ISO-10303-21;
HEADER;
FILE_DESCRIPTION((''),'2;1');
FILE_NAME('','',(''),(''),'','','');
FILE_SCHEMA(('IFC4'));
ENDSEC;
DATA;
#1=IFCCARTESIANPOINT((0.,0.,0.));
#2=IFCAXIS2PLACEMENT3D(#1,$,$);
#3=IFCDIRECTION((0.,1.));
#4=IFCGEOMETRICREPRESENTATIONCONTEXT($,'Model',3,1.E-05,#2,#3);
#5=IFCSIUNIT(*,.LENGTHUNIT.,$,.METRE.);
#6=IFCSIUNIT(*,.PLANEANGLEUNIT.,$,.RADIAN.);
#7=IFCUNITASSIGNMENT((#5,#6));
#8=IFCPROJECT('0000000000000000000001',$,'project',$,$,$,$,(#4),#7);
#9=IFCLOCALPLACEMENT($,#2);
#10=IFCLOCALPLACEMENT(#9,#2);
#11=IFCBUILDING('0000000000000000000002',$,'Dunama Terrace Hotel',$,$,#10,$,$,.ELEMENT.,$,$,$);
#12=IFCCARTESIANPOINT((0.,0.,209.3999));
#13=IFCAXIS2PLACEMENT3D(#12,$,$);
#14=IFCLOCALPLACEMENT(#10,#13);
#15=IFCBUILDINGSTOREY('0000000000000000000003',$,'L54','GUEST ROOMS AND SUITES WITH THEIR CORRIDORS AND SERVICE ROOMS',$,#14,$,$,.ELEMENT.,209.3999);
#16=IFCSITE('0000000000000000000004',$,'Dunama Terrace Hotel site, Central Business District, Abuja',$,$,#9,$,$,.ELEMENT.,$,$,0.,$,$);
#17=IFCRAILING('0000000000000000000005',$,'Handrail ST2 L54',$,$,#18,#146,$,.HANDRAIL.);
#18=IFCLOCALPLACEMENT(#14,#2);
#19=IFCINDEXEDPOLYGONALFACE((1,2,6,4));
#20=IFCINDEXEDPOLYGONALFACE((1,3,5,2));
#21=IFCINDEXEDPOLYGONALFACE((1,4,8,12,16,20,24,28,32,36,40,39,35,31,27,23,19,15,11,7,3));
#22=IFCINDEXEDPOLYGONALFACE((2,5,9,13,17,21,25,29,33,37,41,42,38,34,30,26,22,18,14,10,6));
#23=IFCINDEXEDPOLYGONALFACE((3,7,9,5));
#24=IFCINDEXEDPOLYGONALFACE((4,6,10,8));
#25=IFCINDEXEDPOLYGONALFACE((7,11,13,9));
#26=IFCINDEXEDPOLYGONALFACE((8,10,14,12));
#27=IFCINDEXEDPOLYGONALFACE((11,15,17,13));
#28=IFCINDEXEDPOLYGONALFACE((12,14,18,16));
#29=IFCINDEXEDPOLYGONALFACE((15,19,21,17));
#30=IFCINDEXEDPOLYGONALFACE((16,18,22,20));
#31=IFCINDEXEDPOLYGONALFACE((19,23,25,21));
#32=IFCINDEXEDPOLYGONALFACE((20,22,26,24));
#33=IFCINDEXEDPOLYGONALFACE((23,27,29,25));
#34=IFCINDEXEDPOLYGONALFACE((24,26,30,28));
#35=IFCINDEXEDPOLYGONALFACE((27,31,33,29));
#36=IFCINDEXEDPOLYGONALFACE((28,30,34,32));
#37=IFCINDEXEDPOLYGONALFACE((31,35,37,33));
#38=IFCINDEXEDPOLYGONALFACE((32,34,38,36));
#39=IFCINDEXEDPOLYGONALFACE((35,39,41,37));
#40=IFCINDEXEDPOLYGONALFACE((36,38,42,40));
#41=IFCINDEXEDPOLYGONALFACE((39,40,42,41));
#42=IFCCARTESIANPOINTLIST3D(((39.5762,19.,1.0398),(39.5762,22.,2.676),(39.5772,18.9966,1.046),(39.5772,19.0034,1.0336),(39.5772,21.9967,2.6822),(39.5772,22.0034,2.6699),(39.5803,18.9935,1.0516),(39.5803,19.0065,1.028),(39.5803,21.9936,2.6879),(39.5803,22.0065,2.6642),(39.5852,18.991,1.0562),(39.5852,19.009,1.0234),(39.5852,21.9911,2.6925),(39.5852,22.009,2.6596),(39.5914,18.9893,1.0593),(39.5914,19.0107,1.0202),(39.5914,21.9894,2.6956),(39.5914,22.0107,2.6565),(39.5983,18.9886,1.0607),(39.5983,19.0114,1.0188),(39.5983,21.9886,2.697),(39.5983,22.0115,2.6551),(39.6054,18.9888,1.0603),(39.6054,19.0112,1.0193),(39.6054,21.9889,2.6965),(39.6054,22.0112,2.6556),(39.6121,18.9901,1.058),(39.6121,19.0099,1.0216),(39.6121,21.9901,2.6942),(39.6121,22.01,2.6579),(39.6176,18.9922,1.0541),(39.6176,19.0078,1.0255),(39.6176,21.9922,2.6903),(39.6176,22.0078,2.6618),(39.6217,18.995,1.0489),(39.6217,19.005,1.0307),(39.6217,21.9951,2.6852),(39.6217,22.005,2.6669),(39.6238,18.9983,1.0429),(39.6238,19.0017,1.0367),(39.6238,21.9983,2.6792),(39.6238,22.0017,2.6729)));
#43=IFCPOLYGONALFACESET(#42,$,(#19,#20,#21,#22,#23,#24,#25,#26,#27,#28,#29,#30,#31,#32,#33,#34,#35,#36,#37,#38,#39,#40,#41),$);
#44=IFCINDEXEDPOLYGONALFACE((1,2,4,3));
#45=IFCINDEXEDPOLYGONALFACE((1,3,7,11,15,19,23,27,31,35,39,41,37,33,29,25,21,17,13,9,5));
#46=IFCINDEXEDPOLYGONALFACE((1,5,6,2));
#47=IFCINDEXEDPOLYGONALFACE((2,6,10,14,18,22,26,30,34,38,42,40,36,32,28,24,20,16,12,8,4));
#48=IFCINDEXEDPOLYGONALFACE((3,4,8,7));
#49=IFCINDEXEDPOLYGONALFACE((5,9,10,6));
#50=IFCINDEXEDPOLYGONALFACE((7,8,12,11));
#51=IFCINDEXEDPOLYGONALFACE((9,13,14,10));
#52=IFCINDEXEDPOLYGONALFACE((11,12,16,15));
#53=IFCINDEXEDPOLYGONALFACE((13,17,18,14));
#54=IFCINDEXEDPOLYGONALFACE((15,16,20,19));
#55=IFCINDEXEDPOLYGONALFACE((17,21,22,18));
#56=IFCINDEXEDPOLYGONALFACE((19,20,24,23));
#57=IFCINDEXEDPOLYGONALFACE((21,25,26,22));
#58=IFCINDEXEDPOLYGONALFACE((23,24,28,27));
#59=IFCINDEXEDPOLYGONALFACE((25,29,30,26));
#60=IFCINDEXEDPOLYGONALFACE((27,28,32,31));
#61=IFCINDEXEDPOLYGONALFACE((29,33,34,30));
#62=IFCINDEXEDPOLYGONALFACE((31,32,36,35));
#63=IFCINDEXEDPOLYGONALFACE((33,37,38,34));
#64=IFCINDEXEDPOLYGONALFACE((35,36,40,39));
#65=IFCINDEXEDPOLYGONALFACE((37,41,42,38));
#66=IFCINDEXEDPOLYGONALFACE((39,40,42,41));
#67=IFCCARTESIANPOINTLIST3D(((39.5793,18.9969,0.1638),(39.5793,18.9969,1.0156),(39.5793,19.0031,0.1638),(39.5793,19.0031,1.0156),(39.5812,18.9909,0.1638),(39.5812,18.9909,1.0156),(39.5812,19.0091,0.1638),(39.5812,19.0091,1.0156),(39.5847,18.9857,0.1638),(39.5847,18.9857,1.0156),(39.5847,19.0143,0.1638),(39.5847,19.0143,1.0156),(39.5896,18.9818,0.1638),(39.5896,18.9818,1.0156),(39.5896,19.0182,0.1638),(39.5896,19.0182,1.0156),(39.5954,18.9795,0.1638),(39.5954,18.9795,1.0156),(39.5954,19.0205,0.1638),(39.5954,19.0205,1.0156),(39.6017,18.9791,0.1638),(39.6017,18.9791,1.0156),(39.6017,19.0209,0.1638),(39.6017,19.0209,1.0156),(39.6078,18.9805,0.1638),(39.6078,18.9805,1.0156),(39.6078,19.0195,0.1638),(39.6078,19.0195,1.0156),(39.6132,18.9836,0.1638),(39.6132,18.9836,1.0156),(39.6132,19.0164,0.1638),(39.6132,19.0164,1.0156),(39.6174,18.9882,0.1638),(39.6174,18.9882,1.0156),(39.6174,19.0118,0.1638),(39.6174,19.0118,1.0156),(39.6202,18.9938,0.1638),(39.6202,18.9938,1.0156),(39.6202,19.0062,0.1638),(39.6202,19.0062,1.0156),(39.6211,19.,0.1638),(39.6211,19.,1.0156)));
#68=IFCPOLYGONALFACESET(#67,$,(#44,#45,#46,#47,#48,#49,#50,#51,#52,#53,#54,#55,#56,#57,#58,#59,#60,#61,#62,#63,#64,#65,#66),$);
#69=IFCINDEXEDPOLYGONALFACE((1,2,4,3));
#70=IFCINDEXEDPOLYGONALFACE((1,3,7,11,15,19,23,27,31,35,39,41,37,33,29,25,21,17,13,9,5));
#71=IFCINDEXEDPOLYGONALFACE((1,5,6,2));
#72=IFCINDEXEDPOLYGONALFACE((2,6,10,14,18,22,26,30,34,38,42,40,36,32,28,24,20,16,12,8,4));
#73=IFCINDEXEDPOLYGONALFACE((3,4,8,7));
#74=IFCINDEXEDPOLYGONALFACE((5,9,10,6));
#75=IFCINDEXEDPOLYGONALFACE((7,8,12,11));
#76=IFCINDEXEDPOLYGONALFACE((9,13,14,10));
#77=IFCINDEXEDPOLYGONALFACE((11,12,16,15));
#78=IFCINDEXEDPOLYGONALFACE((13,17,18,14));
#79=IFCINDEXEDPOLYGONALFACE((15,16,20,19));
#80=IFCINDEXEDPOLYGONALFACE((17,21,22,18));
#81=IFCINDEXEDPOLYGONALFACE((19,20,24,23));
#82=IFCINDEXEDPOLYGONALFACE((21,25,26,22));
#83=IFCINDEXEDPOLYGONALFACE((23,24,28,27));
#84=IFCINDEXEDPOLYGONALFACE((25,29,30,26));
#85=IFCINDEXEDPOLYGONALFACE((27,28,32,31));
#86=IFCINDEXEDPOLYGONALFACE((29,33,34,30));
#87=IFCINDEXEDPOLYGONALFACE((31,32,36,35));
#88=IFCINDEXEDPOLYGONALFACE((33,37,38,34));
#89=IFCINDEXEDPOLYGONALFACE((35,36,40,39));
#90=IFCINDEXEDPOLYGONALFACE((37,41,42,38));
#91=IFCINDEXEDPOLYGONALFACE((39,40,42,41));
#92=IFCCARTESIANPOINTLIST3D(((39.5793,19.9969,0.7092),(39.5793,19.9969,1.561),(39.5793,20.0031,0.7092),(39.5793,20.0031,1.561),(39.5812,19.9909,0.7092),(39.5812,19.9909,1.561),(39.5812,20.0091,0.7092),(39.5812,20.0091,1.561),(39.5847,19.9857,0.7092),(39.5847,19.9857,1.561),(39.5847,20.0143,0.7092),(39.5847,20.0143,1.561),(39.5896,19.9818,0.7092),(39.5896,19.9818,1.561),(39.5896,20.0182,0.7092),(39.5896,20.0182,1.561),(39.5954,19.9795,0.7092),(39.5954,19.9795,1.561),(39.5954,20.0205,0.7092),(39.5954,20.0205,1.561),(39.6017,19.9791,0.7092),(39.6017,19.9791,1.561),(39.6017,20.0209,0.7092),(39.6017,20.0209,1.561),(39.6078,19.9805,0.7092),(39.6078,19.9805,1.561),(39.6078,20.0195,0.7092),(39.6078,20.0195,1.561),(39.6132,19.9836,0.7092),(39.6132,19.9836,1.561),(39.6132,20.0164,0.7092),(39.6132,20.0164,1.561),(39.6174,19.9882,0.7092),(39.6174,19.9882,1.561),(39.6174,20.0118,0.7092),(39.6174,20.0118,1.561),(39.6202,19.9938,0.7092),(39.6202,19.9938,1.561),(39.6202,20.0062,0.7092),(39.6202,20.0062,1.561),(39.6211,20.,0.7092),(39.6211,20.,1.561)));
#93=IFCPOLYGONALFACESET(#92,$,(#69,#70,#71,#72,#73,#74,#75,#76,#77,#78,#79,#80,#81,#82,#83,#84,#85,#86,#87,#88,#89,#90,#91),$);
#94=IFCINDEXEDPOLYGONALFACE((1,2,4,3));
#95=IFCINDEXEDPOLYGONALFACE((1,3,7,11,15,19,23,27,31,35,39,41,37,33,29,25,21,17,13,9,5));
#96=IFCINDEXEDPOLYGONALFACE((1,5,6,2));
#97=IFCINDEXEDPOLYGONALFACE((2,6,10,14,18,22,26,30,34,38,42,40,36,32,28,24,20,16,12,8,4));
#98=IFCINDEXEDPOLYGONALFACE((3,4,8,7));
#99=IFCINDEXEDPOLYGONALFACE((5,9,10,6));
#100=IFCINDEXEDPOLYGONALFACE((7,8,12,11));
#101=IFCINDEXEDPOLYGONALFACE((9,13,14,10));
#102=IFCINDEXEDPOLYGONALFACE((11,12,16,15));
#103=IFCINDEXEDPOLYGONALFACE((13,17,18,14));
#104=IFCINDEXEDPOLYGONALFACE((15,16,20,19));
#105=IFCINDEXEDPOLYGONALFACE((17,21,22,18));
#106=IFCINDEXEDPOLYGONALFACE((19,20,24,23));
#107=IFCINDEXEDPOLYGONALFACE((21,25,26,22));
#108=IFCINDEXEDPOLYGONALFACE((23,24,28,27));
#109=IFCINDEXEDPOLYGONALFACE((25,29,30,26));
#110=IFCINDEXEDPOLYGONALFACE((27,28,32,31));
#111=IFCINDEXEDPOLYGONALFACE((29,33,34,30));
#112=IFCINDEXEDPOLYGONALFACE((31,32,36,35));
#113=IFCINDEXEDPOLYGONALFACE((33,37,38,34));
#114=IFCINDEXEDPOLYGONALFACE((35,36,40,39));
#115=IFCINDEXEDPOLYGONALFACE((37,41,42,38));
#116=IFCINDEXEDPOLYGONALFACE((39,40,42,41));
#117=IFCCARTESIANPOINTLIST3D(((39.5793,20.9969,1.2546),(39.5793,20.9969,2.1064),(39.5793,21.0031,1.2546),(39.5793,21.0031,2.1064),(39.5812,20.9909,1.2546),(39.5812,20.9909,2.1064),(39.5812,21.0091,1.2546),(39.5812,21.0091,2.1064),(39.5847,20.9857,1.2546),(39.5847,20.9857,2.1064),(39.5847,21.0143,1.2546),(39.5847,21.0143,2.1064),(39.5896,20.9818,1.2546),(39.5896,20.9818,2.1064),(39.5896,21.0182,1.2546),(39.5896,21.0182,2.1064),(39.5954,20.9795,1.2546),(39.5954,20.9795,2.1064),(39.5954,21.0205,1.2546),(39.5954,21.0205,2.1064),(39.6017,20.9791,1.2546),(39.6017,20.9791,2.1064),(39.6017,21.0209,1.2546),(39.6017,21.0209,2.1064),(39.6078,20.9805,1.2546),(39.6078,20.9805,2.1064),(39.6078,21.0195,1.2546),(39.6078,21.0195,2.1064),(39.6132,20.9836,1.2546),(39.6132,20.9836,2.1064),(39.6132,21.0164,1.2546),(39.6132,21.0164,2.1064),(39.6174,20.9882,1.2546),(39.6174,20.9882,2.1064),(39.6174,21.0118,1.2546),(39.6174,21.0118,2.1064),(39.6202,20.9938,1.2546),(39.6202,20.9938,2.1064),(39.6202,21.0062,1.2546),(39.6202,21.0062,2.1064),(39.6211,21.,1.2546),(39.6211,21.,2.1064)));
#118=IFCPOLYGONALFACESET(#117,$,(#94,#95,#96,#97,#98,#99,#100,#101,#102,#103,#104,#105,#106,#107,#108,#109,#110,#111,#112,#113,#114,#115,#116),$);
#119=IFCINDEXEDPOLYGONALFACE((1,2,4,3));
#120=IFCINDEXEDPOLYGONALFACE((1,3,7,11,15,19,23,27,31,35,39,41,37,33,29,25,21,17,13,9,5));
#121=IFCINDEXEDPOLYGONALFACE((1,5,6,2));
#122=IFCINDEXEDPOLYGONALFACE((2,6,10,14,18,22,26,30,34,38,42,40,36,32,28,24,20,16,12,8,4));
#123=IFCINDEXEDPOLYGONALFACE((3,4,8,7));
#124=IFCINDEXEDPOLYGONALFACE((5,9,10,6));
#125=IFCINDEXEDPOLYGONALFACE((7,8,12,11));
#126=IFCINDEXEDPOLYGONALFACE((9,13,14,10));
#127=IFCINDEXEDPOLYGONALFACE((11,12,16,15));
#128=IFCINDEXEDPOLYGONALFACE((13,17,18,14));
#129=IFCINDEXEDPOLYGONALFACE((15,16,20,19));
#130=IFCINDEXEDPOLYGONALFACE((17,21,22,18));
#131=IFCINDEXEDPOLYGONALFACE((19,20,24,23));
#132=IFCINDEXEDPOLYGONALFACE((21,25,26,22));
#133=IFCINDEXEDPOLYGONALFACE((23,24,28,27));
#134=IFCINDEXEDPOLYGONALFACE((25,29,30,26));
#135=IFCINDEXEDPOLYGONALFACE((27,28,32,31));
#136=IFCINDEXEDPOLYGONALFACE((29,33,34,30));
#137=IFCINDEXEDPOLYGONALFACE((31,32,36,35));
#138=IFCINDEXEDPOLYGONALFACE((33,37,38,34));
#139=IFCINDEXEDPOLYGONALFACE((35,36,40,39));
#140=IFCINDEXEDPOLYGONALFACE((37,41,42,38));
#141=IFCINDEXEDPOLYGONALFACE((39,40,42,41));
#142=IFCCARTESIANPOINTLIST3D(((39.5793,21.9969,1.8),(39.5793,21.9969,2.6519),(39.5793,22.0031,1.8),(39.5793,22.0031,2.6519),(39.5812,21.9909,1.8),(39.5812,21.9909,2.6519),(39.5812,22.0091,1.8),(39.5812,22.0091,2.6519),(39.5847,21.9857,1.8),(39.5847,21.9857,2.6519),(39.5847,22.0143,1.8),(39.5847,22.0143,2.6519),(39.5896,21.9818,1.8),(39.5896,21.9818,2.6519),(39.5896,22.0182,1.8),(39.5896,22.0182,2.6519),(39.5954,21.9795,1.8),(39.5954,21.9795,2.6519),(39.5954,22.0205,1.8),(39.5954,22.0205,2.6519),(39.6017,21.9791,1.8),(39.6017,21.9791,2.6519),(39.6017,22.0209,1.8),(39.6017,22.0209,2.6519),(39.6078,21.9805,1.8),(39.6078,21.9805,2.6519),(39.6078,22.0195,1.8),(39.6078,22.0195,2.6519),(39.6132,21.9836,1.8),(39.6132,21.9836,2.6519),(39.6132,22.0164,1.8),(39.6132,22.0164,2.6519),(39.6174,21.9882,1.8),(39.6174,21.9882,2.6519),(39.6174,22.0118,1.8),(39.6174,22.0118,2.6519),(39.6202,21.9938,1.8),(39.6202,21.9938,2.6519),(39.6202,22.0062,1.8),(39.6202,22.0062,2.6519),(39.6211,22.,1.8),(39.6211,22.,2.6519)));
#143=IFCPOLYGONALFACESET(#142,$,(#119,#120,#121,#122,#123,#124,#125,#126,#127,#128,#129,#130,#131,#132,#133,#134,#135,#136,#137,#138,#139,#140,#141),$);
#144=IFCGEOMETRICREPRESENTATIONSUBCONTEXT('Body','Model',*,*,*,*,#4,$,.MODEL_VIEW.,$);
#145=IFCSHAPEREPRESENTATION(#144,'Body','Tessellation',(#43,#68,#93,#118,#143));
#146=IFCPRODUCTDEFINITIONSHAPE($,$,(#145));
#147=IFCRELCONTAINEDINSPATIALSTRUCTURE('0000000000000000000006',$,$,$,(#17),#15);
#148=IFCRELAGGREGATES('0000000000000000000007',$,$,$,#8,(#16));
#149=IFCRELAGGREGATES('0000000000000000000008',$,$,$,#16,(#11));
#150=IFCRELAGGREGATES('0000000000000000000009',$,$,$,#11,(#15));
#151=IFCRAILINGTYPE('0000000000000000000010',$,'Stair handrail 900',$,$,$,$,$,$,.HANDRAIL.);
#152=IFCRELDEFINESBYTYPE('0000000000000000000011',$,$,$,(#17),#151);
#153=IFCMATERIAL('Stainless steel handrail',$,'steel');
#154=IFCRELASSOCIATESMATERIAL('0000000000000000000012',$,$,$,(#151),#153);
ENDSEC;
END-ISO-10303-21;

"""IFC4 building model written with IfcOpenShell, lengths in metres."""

from ifc_helpers import new_model, si_unit, direction, frame, origin, origin_2d, place, context, subcontext, project, spatial, circle, extrude, material, type_object, element, save


model = new_model("IFC4")

# Units and contexts
model_context = context("Model", 3, precision=1e-05, world=origin(), true_north=direction((0.0, 1.0)))
body_context = subcontext(model_context, "Body", "Model", "MODEL_VIEW")
ifc_project = project(units=[si_unit("LENGTHUNIT", "METRE"), si_unit("PLANEANGLEUNIT", "RADIAN")], contexts=[model_context])

# Site, building, storey
site_placement = place(None, origin())
site = spatial("IfcSite", under=ifc_project, at=site_placement, Name="Dunama Terrace Hotel site, Central Business District, Abuja", CompositionType="ELEMENT", RefElevation=0.0)
building_placement = place(site_placement, origin())
building = spatial("IfcBuilding", under=site, at=building_placement, Name="Dunama Terrace Hotel", CompositionType="ELEMENT")
storey_placement = place(building_placement, frame((0.0, 0.0, 209.3999)))
storey = spatial("IfcBuildingStorey", under=building, at=storey_placement, Name="L54", Description="GUEST ROOMS AND SUITES WITH THEIR CORRIDORS AND SERVICE ROOMS", CompositionType="ELEMENT", Elevation=209.3999)

# Railing
ifc_material_1 = material(Name="Stainless steel handrail", Category="steel")
railing_type_1 = type_object("IfcRailingType", Name="Stair handrail 900", PredefinedType="HANDRAIL", material=ifc_material_1)
railing_1_placement = place(storey_placement, frame((39.6001, 19.0, 0.1638)))
element("IfcRailing", 1, at=railing_1_placement, inside=storey, type_object=railing_type_1, Name="Handrail ST2 L54", PredefinedType="HANDRAIL", context=body_context, shape_type="SweptSolid", body=[
    extrude(circle(Radius=0.0239, at=origin_2d()), frame((0.0, 0.0, 0.876), z_axis=(0.0, 0.877912, 0.478822), x_axis=(-1.0, 0.0, 0.0)), (0.0, 0.0, 1.0), 3.4172),
    extrude(circle(Radius=0.021, at=origin_2d()), origin(), (0.0, 0.0, 1.0), 0.8518),
    extrude(circle(Radius=0.021, at=origin_2d()), frame((0.0, 1.0, 0.5454)), (0.0, 0.0, 1.0), 0.8518),
    extrude(circle(Radius=0.021, at=origin_2d()), frame((0.0, 2.0, 1.0908)), (0.0, 0.0, 1.0), 0.8518),
    extrude(circle(Radius=0.021, at=origin_2d()), frame((0.0, 3.0, 1.6362)), (0.0, 0.0, 1.0), 0.8518),
])

save(model, "model.ifc")
